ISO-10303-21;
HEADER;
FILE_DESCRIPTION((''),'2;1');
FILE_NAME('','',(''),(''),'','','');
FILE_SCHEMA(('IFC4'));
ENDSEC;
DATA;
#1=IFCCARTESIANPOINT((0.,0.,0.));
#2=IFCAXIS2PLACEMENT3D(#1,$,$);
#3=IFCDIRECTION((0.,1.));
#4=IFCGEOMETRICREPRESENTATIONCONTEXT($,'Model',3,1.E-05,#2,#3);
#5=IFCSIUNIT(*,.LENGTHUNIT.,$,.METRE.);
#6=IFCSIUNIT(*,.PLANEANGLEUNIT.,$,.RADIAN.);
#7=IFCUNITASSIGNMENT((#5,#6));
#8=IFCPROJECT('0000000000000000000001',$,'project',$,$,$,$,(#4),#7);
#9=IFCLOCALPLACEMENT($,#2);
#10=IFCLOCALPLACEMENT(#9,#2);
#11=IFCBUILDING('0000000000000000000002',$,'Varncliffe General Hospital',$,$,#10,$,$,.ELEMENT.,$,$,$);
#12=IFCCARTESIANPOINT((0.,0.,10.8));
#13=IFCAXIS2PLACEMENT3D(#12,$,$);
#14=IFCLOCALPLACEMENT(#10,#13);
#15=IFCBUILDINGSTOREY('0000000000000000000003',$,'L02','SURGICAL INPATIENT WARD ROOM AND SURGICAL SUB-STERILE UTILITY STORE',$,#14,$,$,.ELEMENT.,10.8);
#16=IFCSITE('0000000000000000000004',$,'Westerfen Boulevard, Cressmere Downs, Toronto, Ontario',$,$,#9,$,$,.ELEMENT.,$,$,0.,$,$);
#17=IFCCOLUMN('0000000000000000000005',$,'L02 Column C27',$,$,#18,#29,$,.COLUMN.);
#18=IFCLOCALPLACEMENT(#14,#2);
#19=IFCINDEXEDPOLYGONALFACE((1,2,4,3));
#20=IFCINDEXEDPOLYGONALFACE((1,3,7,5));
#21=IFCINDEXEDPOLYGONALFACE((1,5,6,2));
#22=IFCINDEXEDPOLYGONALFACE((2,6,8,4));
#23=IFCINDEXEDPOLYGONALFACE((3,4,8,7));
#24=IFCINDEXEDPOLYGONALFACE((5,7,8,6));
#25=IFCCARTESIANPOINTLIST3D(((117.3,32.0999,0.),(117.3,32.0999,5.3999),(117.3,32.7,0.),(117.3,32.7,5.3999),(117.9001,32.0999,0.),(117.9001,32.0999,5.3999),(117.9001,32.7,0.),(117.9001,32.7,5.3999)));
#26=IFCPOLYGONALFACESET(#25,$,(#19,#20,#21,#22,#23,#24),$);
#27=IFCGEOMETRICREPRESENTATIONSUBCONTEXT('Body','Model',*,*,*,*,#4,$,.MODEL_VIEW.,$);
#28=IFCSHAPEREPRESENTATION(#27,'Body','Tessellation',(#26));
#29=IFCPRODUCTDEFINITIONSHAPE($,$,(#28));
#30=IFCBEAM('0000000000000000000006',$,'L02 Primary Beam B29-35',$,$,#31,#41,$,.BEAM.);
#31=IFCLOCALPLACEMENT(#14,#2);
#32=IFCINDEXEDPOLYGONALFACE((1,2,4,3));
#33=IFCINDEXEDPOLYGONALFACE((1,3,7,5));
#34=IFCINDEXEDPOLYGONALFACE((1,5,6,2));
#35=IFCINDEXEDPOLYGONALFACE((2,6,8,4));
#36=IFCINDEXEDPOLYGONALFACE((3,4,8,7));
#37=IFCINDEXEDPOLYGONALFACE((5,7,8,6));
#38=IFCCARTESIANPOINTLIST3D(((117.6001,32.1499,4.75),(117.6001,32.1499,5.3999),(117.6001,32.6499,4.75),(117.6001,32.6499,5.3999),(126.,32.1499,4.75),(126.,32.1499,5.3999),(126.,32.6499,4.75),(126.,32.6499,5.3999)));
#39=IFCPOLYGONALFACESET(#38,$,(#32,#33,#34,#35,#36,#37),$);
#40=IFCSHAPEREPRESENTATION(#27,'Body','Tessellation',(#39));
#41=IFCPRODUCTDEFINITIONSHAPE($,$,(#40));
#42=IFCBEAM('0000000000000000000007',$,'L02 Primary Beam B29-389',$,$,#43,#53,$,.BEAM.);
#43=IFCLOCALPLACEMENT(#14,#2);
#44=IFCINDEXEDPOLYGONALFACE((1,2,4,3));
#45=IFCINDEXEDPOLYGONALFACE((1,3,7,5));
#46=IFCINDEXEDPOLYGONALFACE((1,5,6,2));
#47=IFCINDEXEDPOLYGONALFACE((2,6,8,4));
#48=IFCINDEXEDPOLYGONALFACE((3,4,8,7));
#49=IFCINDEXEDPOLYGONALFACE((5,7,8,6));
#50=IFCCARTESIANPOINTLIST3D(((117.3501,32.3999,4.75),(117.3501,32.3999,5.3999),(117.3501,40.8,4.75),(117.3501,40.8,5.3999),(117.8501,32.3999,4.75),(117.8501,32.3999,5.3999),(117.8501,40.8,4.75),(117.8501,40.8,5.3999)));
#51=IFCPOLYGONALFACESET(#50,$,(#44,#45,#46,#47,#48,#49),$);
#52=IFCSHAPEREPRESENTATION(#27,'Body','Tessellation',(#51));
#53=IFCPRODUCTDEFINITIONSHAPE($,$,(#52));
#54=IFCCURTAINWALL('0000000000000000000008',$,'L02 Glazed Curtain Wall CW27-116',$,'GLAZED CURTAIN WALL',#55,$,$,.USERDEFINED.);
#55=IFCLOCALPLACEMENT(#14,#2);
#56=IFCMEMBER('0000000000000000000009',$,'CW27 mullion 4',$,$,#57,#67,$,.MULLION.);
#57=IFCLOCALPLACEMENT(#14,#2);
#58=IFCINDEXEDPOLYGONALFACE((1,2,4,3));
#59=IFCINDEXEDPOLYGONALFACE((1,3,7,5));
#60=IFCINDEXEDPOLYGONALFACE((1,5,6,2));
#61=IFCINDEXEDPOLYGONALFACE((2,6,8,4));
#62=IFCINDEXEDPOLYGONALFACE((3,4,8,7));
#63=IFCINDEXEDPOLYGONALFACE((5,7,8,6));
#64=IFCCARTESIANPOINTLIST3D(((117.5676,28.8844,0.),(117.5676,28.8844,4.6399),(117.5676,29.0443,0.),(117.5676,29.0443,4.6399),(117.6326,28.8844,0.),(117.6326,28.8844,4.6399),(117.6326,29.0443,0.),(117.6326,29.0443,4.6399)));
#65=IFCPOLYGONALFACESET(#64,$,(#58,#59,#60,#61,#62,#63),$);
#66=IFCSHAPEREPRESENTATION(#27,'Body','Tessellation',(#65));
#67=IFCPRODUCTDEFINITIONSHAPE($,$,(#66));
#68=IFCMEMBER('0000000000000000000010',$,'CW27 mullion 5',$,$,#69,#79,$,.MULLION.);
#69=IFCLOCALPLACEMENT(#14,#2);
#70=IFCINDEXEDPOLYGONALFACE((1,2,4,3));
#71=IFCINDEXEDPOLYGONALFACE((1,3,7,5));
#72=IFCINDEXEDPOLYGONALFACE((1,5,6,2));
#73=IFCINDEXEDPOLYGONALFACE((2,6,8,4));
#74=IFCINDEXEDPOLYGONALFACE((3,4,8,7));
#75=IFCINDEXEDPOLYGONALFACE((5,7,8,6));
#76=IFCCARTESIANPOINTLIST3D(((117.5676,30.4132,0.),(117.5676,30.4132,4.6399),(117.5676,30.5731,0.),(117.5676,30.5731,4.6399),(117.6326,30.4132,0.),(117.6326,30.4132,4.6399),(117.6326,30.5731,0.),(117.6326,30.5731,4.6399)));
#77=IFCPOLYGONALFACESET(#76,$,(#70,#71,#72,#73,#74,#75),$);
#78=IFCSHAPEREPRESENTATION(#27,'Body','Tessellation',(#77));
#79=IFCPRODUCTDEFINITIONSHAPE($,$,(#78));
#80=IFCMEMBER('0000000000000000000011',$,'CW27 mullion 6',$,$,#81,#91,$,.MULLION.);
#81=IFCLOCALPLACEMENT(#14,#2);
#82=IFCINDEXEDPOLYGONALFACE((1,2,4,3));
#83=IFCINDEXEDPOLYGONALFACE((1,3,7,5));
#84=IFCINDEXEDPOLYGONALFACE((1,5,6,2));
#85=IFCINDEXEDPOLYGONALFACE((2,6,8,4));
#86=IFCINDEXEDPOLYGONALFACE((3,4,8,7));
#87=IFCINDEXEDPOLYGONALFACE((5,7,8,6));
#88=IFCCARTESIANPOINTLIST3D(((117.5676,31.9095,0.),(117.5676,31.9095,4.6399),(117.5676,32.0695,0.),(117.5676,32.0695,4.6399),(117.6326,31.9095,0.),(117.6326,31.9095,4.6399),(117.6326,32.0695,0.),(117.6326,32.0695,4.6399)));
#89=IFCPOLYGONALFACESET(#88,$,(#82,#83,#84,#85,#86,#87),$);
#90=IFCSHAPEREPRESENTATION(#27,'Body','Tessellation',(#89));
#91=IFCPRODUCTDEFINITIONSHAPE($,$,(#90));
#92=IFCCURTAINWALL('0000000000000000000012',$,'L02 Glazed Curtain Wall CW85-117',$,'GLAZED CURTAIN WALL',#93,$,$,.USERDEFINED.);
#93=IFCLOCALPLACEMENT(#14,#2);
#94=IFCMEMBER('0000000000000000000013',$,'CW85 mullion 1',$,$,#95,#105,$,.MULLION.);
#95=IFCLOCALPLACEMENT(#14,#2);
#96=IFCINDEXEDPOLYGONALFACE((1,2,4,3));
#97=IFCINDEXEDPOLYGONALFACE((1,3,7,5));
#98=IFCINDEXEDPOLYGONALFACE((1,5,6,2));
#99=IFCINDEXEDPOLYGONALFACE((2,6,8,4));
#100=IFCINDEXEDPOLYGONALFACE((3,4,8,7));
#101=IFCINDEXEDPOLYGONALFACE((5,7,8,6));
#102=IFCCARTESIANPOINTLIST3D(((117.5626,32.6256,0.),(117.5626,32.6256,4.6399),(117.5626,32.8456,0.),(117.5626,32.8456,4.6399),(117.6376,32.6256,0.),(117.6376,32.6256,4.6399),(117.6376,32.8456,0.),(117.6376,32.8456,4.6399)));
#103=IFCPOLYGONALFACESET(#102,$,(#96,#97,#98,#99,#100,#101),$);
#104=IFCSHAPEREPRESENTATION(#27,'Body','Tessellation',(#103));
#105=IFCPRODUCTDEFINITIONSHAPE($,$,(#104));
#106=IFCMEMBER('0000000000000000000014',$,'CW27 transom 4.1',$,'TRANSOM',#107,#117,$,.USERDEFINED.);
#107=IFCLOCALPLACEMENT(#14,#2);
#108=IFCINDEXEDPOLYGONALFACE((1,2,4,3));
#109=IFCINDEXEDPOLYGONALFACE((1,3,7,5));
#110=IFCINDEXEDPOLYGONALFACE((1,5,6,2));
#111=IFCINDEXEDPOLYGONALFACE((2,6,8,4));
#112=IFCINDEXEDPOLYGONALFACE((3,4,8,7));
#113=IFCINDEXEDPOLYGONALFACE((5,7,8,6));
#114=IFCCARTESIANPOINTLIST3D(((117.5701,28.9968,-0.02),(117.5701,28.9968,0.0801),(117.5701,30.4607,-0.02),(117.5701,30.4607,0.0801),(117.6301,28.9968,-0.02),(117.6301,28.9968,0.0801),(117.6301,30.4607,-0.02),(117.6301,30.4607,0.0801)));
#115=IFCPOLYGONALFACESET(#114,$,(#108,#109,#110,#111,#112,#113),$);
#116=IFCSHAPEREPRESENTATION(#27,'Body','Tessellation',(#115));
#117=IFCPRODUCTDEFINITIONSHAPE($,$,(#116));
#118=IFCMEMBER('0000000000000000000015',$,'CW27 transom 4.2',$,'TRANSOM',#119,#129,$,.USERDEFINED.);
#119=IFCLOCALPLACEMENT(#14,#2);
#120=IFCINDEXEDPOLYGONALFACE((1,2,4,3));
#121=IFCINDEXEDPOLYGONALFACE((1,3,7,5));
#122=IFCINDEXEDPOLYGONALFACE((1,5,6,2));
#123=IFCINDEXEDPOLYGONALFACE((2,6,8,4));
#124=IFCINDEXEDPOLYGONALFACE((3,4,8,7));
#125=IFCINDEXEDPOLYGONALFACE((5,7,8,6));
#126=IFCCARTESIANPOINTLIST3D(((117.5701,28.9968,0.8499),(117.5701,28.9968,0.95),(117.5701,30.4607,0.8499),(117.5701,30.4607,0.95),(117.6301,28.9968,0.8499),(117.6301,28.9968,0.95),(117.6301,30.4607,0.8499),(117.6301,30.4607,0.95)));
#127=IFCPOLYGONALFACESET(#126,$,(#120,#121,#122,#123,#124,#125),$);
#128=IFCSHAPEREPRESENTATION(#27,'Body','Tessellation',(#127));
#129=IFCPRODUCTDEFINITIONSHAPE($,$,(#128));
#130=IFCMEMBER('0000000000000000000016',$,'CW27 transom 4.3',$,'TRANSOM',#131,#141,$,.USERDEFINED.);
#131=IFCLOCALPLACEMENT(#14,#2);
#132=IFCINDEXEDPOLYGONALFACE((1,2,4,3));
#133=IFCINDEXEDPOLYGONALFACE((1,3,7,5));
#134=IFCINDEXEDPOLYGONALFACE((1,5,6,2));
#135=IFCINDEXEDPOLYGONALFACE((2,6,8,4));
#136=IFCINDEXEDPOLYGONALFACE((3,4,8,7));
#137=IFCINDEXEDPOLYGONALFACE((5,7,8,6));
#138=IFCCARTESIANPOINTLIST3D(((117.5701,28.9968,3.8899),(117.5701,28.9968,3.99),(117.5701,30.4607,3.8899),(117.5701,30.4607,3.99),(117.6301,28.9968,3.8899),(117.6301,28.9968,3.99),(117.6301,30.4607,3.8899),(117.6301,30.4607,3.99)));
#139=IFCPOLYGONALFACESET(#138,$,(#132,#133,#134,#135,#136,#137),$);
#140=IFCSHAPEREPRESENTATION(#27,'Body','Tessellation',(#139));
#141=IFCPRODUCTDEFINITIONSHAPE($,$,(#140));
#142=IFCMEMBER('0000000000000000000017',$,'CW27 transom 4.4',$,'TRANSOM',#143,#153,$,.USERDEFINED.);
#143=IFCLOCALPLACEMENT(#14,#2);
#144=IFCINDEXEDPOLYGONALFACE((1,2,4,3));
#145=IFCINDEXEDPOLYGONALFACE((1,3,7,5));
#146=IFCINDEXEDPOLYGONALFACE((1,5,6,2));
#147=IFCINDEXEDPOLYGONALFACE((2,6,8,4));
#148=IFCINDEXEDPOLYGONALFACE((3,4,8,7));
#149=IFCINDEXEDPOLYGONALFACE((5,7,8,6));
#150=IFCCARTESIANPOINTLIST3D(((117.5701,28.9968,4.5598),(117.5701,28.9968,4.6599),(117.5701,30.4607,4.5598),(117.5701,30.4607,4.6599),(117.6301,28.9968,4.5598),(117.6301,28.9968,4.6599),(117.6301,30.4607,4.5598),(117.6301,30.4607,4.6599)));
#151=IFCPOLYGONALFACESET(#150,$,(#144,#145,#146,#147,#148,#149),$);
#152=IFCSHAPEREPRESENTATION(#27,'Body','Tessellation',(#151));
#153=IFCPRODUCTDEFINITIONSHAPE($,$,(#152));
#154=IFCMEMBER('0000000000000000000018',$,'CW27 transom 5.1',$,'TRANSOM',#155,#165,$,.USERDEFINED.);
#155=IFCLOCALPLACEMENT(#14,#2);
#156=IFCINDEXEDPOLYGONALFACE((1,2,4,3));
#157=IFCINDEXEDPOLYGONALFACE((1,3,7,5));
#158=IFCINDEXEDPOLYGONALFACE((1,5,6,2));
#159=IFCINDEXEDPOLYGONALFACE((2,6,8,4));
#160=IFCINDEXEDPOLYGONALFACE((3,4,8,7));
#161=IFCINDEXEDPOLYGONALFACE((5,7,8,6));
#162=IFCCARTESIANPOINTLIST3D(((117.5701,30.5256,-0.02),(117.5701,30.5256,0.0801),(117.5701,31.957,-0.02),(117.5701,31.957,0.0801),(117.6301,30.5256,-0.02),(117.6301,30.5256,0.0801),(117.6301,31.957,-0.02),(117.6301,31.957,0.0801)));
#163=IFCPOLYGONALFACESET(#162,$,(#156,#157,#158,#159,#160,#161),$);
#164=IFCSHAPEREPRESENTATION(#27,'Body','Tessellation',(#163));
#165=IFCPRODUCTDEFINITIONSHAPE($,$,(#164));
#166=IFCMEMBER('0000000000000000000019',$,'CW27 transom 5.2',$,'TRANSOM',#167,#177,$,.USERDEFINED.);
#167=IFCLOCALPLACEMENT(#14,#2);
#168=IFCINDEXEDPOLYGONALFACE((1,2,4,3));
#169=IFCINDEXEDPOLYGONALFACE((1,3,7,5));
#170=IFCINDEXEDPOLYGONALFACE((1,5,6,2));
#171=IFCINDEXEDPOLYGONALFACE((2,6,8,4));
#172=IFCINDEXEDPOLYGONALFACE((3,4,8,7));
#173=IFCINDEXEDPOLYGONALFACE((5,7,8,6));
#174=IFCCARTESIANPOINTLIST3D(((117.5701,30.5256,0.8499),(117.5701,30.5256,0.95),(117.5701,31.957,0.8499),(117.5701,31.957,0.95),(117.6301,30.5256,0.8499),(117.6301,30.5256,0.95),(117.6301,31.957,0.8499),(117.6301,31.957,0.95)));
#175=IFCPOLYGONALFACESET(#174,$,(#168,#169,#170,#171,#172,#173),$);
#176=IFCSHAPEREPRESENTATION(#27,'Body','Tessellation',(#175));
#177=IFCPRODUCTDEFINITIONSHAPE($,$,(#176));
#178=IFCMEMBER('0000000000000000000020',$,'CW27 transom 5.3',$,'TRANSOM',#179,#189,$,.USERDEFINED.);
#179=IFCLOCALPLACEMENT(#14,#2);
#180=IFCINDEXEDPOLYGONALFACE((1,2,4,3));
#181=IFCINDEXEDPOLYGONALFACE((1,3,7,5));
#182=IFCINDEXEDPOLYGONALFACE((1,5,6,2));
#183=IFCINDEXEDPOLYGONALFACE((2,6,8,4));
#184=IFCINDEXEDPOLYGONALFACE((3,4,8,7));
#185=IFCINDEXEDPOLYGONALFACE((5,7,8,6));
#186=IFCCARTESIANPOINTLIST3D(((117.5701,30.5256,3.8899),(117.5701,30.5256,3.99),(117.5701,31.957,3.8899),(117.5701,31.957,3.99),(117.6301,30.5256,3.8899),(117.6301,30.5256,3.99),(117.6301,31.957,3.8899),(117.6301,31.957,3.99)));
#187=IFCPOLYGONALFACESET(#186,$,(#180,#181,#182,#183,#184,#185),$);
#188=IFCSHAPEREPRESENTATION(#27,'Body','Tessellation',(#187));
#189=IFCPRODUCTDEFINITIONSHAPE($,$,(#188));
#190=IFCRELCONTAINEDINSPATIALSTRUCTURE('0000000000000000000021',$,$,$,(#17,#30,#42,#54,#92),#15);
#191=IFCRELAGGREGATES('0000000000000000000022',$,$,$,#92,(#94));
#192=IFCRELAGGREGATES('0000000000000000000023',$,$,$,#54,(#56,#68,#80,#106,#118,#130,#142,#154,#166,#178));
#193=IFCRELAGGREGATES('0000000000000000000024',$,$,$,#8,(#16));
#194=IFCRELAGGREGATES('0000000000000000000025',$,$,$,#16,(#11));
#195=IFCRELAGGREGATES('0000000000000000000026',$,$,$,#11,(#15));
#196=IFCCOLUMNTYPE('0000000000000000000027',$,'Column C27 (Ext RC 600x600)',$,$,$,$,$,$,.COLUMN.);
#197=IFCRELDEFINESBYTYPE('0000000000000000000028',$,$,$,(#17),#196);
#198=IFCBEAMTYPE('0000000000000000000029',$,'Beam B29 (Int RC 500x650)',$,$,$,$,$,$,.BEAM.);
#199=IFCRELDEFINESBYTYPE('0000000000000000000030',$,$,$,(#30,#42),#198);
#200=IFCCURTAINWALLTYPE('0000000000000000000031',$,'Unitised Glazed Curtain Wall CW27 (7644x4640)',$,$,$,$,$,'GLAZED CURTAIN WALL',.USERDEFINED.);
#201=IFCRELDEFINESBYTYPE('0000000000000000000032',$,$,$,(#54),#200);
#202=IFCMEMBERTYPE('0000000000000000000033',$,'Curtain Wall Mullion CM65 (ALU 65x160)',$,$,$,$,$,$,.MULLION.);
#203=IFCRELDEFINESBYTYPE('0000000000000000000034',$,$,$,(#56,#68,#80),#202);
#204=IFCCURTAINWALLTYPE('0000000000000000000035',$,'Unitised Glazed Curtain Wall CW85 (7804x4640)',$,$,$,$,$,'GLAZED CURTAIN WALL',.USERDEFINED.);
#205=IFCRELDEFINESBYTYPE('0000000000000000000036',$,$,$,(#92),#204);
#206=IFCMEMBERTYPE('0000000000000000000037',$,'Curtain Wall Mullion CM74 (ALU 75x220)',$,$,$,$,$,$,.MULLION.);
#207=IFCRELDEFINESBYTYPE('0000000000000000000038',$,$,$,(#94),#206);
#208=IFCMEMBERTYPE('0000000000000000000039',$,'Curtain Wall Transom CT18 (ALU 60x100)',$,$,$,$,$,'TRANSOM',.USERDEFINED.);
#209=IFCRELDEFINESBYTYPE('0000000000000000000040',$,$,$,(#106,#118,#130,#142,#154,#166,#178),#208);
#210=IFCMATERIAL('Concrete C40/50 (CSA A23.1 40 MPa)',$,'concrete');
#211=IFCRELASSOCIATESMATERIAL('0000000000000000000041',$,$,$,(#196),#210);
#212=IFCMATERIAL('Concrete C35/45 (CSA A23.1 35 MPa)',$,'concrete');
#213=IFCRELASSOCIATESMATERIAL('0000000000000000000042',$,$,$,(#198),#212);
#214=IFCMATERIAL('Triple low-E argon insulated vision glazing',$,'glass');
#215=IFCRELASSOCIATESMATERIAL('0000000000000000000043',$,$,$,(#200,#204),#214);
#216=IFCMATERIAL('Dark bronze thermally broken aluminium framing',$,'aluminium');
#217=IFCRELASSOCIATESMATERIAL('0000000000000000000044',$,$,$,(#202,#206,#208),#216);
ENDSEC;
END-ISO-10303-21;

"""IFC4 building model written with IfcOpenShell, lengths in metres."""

from ifc_helpers import new_model, si_unit, direction, frame, origin, origin_2d, place, context, subcontext, project, spatial, rectangle, extrude, material, material_profile, profile_set, type_object, element, aggregate, save


model = new_model("IFC4")

# Units and contexts
model_context = context("Model", 3, precision=1e-05, world=origin(), true_north=direction((0.0, 1.0)))
body_context = subcontext(model_context, "Body", "Model", "MODEL_VIEW")
ifc_project = project(units=[si_unit("LENGTHUNIT", "METRE"), si_unit("PLANEANGLEUNIT", "RADIAN")], contexts=[model_context])

# Site, building, storey
site_placement = place(None, origin())
site = spatial("IfcSite", under=ifc_project, at=site_placement, Name="Westerfen Boulevard, Cressmere Downs, Toronto, Ontario", CompositionType="ELEMENT", RefElevation=0.0)
building_placement = place(site_placement, origin())
building = spatial("IfcBuilding", under=site, at=building_placement, Name="Varncliffe General Hospital", CompositionType="ELEMENT")
storey_placement = place(building_placement, frame((0.0, 0.0, 10.8)))
storey = spatial("IfcBuildingStorey", under=building, at=storey_placement, Name="L02", Description="SURGICAL INPATIENT WARD ROOM AND SURGICAL SUB-STERILE UTILITY STORE", CompositionType="ELEMENT", Elevation=10.8)

# Column
ifc_material_1 = material(Name="Concrete C40/50 (CSA A23.1 40 MPa)", Category="concrete")
ifc_material_profile_1 = material_profile(ifc_material_1, rectangle(XDim=0.6001, YDim=0.6001, at=origin_2d()), Name="RC 600x600")
ifc_profile_set_1 = profile_set([ifc_material_profile_1], Name="Concrete C40/50 (CSA A23.1 40 MPa)")
column_type = type_object("IfcColumnType", Name="Column C27 (Ext RC 600x600)", PredefinedType="COLUMN", material=ifc_profile_set_1)
column_placement = place(storey_placement, frame((117.6001, 32.3999, 0.0), z_axis=(0.0, 0.0, 1.0), x_axis=(1.0, 0.0, 0.0)))
element("IfcColumn", 1, at=column_placement, inside=storey, type_object=column_type, Name="L02 Column C27", PredefinedType="COLUMN", context=body_context, shape_type="SweptSolid", body=[
    extrude(rectangle(XDim=0.6001, YDim=0.6001, at=origin_2d()), origin(), (0.0, 0.0, 1.0), 5.3999),
])

# Beams
ifc_material_2 = material(Name="Concrete C35/45 (CSA A23.1 35 MPa)", Category="concrete")
ifc_material_profile_2 = material_profile(ifc_material_2, rectangle(XDim=0.5, YDim=0.6499, at=origin_2d()), Name="RC 500x650")
ifc_profile_set_2 = profile_set([ifc_material_profile_2], Name="Concrete C35/45 (CSA A23.1 35 MPa)")
beam_type_1 = type_object("IfcBeamType", Name="Beam B29 (Int RC 500x650)", PredefinedType="BEAM", material=ifc_profile_set_2)
beam_1_placement = place(storey_placement, frame((117.6001, 32.3999, 5.075), z_axis=(1.0, 0.0, 0.0), x_axis=(0.0, 1.0, 0.0)))
element("IfcBeam", 2, at=beam_1_placement, inside=storey, type_object=beam_type_1, Name="L02 Primary Beam B29-35", PredefinedType="BEAM", context=body_context, shape_type="SweptSolid", body=[
    extrude(rectangle(XDim=0.5, YDim=0.6499, at=origin_2d()), origin(), (0.0, 0.0, 1.0), 8.3999),
])
beam_2_placement = place(storey_placement, frame((117.6001, 32.3999, 5.075), z_axis=(0.0, 1.0, 0.0), x_axis=(-1.0, 0.0, 0.0)))
element("IfcBeam", 3, at=beam_2_placement, inside=storey, type_object=beam_type_1, Name="L02 Primary Beam B29-389", PredefinedType="BEAM", context=body_context, shape_type="SweptSolid", body=[
    extrude(rectangle(XDim=0.5, YDim=0.6499, at=origin_2d()), origin(), (0.0, 0.0, 1.0), 8.4001),
])

# Curtain wall, members
ifc_material_3 = material(Name="Triple low-E argon insulated vision glazing", Category="glass")
curtain_wall_type_1 = type_object("IfcCurtainWallType", Name="Unitised Glazed Curtain Wall CW27 (7644x4640)", ElementType="GLAZED CURTAIN WALL", PredefinedType="USERDEFINED", material=ifc_material_3)
curtain_wall_1_placement = place(storey_placement, origin())
curtain_wall_1 = element("IfcCurtainWall", 4, at=curtain_wall_1_placement, inside=storey, type_object=curtain_wall_type_1, Name="L02 Glazed Curtain Wall CW27-116", ObjectType="GLAZED CURTAIN WALL", PredefinedType="USERDEFINED")
ifc_material_4 = material(Name="Dark bronze thermally broken aluminium framing", Category="aluminium")
ifc_material_profile_3 = material_profile(ifc_material_4, rectangle(XDim=0.0649, YDim=0.1599, at=origin_2d()), Name="ALU 65x160")
ifc_profile_set_3 = profile_set([ifc_material_profile_3], Name="Dark bronze thermally broken aluminium framing")
member_type_1 = type_object("IfcMemberType", Name="Curtain Wall Mullion CM65 (ALU 65x160)", PredefinedType="MULLION", material=ifc_profile_set_3)
member_1_placement = place(storey_placement, frame((117.6001, 28.9644, 0.0), z_axis=(0.0, 0.0, 1.0), x_axis=(-1.0, 0.0, 0.0)))
member_1 = element("IfcMember", 5, at=member_1_placement, type_object=member_type_1, Name="CW27 mullion 4", PredefinedType="MULLION", context=body_context, shape_type="SweptSolid", body=[
    extrude(rectangle(XDim=0.0649, YDim=0.1599, at=origin_2d()), origin(), (0.0, 0.0, 1.0), 4.6399),
])
member_2_placement = place(storey_placement, frame((117.6001, 30.4932, 0.0), z_axis=(0.0, 0.0, 1.0), x_axis=(-1.0, 0.0, 0.0)))
member_2 = element("IfcMember", 6, at=member_2_placement, type_object=member_type_1, Name="CW27 mullion 5", PredefinedType="MULLION", context=body_context, shape_type="SweptSolid", body=[
    extrude(rectangle(XDim=0.0649, YDim=0.1599, at=origin_2d()), origin(), (0.0, 0.0, 1.0), 4.6399),
])
member_3_placement = place(storey_placement, frame((117.6001, 31.9895, 0.0), z_axis=(0.0, 0.0, 1.0), x_axis=(-1.0, 0.0, 0.0)))
member_3 = element("IfcMember", 7, at=member_3_placement, type_object=member_type_1, Name="CW27 mullion 6", PredefinedType="MULLION", context=body_context, shape_type="SweptSolid", body=[
    extrude(rectangle(XDim=0.0649, YDim=0.1599, at=origin_2d()), origin(), (0.0, 0.0, 1.0), 4.6399),
])

# Curtain wall, member
curtain_wall_type_2 = type_object("IfcCurtainWallType", Name="Unitised Glazed Curtain Wall CW85 (7804x4640)", ElementType="GLAZED CURTAIN WALL", PredefinedType="USERDEFINED", material=ifc_material_3)
curtain_wall_2_placement = place(storey_placement, origin())
curtain_wall_2 = element("IfcCurtainWall", 8, at=curtain_wall_2_placement, inside=storey, type_object=curtain_wall_type_2, Name="L02 Glazed Curtain Wall CW85-117", ObjectType="GLAZED CURTAIN WALL", PredefinedType="USERDEFINED")
ifc_material_profile_4 = material_profile(ifc_material_4, rectangle(XDim=0.075, YDim=0.22, at=origin_2d()), Name="ALU 75x220")
ifc_profile_set_4 = profile_set([ifc_material_profile_4], Name="Dark bronze thermally broken aluminium framing")
member_type_2 = type_object("IfcMemberType", Name="Curtain Wall Mullion CM74 (ALU 75x220)", PredefinedType="MULLION", material=ifc_profile_set_4)
member_4_placement = place(storey_placement, frame((117.6001, 32.7356, 0.0), z_axis=(0.0, 0.0, 1.0), x_axis=(-1.0, 0.0, 0.0)))
member_4 = element("IfcMember", 9, at=member_4_placement, type_object=member_type_2, Name="CW85 mullion 1", PredefinedType="MULLION", context=body_context, shape_type="SweptSolid", body=[
    extrude(rectangle(XDim=0.075, YDim=0.22, at=origin_2d()), origin(), (0.0, 0.0, 1.0), 4.6399),
])

# Members
ifc_material_profile_5 = material_profile(ifc_material_4, rectangle(XDim=0.0601, YDim=0.1001, at=origin_2d()), Name="ALU 60x100")
ifc_profile_set_5 = profile_set([ifc_material_profile_5], Name="Dark bronze thermally broken aluminium framing")
member_type_3 = type_object("IfcMemberType", Name="Curtain Wall Transom CT18 (ALU 60x100)", ElementType="TRANSOM", PredefinedType="USERDEFINED", material=ifc_profile_set_5)
member_5_placement = place(storey_placement, frame((117.6001, 28.9968, 0.03), z_axis=(0.0, 1.0, 0.0), x_axis=(-1.0, 0.0, 0.0)))
member_5 = element("IfcMember", 10, at=member_5_placement, type_object=member_type_3, Name="CW27 transom 4.1", ObjectType="TRANSOM", PredefinedType="USERDEFINED", context=body_context, shape_type="SweptSolid", body=[
    extrude(rectangle(XDim=0.0601, YDim=0.1001, at=origin_2d()), origin(), (0.0, 0.0, 1.0), 1.4639),
])
member_6_placement = place(storey_placement, frame((117.6001, 28.9968, 0.8999), z_axis=(0.0, 1.0, 0.0), x_axis=(-1.0, 0.0, 0.0)))
member_6 = element("IfcMember", 11, at=member_6_placement, type_object=member_type_3, Name="CW27 transom 4.2", ObjectType="TRANSOM", PredefinedType="USERDEFINED", context=body_context, shape_type="SweptSolid", body=[
    extrude(rectangle(XDim=0.0601, YDim=0.1001, at=origin_2d()), origin(), (0.0, 0.0, 1.0), 1.4639),
])
member_7_placement = place(storey_placement, frame((117.6001, 28.9968, 3.9399), z_axis=(0.0, 1.0, 0.0), x_axis=(-1.0, 0.0, 0.0)))
member_7 = element("IfcMember", 12, at=member_7_placement, type_object=member_type_3, Name="CW27 transom 4.3", ObjectType="TRANSOM", PredefinedType="USERDEFINED", context=body_context, shape_type="SweptSolid", body=[
    extrude(rectangle(XDim=0.0601, YDim=0.1001, at=origin_2d()), origin(), (0.0, 0.0, 1.0), 1.4639),
])
member_8_placement = place(storey_placement, frame((117.6001, 28.9968, 4.6099), z_axis=(0.0, 1.0, 0.0), x_axis=(-1.0, 0.0, 0.0)))
member_8 = element("IfcMember", 13, at=member_8_placement, type_object=member_type_3, Name="CW27 transom 4.4", ObjectType="TRANSOM", PredefinedType="USERDEFINED", context=body_context, shape_type="SweptSolid", body=[
    extrude(rectangle(XDim=0.0601, YDim=0.1001, at=origin_2d()), origin(), (0.0, 0.0, 1.0), 1.4639),
])
member_9_placement = place(storey_placement, frame((117.6001, 30.5256, 0.03), z_axis=(0.0, 1.0, 0.0), x_axis=(-1.0, 0.0, 0.0)))
member_9 = element("IfcMember", 14, at=member_9_placement, type_object=member_type_3, Name="CW27 transom 5.1", ObjectType="TRANSOM", PredefinedType="USERDEFINED", context=body_context, shape_type="SweptSolid", body=[
    extrude(rectangle(XDim=0.0601, YDim=0.1001, at=origin_2d()), origin(), (0.0, 0.0, 1.0), 1.4314),
])
member_10_placement = place(storey_placement, frame((117.6001, 30.5256, 0.8999), z_axis=(0.0, 1.0, 0.0), x_axis=(-1.0, 0.0, 0.0)))
member_10 = element("IfcMember", 15, at=member_10_placement, type_object=member_type_3, Name="CW27 transom 5.2", ObjectType="TRANSOM", PredefinedType="USERDEFINED", context=body_context, shape_type="SweptSolid", body=[
    extrude(rectangle(XDim=0.0601, YDim=0.1001, at=origin_2d()), origin(), (0.0, 0.0, 1.0), 1.4314),
])
member_11_placement = place(storey_placement, frame((117.6001, 30.5256, 3.9399), z_axis=(0.0, 1.0, 0.0), x_axis=(-1.0, 0.0, 0.0)))
member_11 = element("IfcMember", 16, at=member_11_placement, type_object=member_type_3, Name="CW27 transom 5.3", ObjectType="TRANSOM", PredefinedType="USERDEFINED", context=body_context, shape_type="SweptSolid", body=[
    extrude(rectangle(XDim=0.0601, YDim=0.1001, at=origin_2d()), origin(), (0.0, 0.0, 1.0), 1.4314),
])
aggregate(curtain_wall_2, [member_4])

aggregate(curtain_wall_1, [member_1, member_2, member_3, member_5, member_6, member_7, member_8, member_9, member_10, member_11])

save(model, "model.ifc")
